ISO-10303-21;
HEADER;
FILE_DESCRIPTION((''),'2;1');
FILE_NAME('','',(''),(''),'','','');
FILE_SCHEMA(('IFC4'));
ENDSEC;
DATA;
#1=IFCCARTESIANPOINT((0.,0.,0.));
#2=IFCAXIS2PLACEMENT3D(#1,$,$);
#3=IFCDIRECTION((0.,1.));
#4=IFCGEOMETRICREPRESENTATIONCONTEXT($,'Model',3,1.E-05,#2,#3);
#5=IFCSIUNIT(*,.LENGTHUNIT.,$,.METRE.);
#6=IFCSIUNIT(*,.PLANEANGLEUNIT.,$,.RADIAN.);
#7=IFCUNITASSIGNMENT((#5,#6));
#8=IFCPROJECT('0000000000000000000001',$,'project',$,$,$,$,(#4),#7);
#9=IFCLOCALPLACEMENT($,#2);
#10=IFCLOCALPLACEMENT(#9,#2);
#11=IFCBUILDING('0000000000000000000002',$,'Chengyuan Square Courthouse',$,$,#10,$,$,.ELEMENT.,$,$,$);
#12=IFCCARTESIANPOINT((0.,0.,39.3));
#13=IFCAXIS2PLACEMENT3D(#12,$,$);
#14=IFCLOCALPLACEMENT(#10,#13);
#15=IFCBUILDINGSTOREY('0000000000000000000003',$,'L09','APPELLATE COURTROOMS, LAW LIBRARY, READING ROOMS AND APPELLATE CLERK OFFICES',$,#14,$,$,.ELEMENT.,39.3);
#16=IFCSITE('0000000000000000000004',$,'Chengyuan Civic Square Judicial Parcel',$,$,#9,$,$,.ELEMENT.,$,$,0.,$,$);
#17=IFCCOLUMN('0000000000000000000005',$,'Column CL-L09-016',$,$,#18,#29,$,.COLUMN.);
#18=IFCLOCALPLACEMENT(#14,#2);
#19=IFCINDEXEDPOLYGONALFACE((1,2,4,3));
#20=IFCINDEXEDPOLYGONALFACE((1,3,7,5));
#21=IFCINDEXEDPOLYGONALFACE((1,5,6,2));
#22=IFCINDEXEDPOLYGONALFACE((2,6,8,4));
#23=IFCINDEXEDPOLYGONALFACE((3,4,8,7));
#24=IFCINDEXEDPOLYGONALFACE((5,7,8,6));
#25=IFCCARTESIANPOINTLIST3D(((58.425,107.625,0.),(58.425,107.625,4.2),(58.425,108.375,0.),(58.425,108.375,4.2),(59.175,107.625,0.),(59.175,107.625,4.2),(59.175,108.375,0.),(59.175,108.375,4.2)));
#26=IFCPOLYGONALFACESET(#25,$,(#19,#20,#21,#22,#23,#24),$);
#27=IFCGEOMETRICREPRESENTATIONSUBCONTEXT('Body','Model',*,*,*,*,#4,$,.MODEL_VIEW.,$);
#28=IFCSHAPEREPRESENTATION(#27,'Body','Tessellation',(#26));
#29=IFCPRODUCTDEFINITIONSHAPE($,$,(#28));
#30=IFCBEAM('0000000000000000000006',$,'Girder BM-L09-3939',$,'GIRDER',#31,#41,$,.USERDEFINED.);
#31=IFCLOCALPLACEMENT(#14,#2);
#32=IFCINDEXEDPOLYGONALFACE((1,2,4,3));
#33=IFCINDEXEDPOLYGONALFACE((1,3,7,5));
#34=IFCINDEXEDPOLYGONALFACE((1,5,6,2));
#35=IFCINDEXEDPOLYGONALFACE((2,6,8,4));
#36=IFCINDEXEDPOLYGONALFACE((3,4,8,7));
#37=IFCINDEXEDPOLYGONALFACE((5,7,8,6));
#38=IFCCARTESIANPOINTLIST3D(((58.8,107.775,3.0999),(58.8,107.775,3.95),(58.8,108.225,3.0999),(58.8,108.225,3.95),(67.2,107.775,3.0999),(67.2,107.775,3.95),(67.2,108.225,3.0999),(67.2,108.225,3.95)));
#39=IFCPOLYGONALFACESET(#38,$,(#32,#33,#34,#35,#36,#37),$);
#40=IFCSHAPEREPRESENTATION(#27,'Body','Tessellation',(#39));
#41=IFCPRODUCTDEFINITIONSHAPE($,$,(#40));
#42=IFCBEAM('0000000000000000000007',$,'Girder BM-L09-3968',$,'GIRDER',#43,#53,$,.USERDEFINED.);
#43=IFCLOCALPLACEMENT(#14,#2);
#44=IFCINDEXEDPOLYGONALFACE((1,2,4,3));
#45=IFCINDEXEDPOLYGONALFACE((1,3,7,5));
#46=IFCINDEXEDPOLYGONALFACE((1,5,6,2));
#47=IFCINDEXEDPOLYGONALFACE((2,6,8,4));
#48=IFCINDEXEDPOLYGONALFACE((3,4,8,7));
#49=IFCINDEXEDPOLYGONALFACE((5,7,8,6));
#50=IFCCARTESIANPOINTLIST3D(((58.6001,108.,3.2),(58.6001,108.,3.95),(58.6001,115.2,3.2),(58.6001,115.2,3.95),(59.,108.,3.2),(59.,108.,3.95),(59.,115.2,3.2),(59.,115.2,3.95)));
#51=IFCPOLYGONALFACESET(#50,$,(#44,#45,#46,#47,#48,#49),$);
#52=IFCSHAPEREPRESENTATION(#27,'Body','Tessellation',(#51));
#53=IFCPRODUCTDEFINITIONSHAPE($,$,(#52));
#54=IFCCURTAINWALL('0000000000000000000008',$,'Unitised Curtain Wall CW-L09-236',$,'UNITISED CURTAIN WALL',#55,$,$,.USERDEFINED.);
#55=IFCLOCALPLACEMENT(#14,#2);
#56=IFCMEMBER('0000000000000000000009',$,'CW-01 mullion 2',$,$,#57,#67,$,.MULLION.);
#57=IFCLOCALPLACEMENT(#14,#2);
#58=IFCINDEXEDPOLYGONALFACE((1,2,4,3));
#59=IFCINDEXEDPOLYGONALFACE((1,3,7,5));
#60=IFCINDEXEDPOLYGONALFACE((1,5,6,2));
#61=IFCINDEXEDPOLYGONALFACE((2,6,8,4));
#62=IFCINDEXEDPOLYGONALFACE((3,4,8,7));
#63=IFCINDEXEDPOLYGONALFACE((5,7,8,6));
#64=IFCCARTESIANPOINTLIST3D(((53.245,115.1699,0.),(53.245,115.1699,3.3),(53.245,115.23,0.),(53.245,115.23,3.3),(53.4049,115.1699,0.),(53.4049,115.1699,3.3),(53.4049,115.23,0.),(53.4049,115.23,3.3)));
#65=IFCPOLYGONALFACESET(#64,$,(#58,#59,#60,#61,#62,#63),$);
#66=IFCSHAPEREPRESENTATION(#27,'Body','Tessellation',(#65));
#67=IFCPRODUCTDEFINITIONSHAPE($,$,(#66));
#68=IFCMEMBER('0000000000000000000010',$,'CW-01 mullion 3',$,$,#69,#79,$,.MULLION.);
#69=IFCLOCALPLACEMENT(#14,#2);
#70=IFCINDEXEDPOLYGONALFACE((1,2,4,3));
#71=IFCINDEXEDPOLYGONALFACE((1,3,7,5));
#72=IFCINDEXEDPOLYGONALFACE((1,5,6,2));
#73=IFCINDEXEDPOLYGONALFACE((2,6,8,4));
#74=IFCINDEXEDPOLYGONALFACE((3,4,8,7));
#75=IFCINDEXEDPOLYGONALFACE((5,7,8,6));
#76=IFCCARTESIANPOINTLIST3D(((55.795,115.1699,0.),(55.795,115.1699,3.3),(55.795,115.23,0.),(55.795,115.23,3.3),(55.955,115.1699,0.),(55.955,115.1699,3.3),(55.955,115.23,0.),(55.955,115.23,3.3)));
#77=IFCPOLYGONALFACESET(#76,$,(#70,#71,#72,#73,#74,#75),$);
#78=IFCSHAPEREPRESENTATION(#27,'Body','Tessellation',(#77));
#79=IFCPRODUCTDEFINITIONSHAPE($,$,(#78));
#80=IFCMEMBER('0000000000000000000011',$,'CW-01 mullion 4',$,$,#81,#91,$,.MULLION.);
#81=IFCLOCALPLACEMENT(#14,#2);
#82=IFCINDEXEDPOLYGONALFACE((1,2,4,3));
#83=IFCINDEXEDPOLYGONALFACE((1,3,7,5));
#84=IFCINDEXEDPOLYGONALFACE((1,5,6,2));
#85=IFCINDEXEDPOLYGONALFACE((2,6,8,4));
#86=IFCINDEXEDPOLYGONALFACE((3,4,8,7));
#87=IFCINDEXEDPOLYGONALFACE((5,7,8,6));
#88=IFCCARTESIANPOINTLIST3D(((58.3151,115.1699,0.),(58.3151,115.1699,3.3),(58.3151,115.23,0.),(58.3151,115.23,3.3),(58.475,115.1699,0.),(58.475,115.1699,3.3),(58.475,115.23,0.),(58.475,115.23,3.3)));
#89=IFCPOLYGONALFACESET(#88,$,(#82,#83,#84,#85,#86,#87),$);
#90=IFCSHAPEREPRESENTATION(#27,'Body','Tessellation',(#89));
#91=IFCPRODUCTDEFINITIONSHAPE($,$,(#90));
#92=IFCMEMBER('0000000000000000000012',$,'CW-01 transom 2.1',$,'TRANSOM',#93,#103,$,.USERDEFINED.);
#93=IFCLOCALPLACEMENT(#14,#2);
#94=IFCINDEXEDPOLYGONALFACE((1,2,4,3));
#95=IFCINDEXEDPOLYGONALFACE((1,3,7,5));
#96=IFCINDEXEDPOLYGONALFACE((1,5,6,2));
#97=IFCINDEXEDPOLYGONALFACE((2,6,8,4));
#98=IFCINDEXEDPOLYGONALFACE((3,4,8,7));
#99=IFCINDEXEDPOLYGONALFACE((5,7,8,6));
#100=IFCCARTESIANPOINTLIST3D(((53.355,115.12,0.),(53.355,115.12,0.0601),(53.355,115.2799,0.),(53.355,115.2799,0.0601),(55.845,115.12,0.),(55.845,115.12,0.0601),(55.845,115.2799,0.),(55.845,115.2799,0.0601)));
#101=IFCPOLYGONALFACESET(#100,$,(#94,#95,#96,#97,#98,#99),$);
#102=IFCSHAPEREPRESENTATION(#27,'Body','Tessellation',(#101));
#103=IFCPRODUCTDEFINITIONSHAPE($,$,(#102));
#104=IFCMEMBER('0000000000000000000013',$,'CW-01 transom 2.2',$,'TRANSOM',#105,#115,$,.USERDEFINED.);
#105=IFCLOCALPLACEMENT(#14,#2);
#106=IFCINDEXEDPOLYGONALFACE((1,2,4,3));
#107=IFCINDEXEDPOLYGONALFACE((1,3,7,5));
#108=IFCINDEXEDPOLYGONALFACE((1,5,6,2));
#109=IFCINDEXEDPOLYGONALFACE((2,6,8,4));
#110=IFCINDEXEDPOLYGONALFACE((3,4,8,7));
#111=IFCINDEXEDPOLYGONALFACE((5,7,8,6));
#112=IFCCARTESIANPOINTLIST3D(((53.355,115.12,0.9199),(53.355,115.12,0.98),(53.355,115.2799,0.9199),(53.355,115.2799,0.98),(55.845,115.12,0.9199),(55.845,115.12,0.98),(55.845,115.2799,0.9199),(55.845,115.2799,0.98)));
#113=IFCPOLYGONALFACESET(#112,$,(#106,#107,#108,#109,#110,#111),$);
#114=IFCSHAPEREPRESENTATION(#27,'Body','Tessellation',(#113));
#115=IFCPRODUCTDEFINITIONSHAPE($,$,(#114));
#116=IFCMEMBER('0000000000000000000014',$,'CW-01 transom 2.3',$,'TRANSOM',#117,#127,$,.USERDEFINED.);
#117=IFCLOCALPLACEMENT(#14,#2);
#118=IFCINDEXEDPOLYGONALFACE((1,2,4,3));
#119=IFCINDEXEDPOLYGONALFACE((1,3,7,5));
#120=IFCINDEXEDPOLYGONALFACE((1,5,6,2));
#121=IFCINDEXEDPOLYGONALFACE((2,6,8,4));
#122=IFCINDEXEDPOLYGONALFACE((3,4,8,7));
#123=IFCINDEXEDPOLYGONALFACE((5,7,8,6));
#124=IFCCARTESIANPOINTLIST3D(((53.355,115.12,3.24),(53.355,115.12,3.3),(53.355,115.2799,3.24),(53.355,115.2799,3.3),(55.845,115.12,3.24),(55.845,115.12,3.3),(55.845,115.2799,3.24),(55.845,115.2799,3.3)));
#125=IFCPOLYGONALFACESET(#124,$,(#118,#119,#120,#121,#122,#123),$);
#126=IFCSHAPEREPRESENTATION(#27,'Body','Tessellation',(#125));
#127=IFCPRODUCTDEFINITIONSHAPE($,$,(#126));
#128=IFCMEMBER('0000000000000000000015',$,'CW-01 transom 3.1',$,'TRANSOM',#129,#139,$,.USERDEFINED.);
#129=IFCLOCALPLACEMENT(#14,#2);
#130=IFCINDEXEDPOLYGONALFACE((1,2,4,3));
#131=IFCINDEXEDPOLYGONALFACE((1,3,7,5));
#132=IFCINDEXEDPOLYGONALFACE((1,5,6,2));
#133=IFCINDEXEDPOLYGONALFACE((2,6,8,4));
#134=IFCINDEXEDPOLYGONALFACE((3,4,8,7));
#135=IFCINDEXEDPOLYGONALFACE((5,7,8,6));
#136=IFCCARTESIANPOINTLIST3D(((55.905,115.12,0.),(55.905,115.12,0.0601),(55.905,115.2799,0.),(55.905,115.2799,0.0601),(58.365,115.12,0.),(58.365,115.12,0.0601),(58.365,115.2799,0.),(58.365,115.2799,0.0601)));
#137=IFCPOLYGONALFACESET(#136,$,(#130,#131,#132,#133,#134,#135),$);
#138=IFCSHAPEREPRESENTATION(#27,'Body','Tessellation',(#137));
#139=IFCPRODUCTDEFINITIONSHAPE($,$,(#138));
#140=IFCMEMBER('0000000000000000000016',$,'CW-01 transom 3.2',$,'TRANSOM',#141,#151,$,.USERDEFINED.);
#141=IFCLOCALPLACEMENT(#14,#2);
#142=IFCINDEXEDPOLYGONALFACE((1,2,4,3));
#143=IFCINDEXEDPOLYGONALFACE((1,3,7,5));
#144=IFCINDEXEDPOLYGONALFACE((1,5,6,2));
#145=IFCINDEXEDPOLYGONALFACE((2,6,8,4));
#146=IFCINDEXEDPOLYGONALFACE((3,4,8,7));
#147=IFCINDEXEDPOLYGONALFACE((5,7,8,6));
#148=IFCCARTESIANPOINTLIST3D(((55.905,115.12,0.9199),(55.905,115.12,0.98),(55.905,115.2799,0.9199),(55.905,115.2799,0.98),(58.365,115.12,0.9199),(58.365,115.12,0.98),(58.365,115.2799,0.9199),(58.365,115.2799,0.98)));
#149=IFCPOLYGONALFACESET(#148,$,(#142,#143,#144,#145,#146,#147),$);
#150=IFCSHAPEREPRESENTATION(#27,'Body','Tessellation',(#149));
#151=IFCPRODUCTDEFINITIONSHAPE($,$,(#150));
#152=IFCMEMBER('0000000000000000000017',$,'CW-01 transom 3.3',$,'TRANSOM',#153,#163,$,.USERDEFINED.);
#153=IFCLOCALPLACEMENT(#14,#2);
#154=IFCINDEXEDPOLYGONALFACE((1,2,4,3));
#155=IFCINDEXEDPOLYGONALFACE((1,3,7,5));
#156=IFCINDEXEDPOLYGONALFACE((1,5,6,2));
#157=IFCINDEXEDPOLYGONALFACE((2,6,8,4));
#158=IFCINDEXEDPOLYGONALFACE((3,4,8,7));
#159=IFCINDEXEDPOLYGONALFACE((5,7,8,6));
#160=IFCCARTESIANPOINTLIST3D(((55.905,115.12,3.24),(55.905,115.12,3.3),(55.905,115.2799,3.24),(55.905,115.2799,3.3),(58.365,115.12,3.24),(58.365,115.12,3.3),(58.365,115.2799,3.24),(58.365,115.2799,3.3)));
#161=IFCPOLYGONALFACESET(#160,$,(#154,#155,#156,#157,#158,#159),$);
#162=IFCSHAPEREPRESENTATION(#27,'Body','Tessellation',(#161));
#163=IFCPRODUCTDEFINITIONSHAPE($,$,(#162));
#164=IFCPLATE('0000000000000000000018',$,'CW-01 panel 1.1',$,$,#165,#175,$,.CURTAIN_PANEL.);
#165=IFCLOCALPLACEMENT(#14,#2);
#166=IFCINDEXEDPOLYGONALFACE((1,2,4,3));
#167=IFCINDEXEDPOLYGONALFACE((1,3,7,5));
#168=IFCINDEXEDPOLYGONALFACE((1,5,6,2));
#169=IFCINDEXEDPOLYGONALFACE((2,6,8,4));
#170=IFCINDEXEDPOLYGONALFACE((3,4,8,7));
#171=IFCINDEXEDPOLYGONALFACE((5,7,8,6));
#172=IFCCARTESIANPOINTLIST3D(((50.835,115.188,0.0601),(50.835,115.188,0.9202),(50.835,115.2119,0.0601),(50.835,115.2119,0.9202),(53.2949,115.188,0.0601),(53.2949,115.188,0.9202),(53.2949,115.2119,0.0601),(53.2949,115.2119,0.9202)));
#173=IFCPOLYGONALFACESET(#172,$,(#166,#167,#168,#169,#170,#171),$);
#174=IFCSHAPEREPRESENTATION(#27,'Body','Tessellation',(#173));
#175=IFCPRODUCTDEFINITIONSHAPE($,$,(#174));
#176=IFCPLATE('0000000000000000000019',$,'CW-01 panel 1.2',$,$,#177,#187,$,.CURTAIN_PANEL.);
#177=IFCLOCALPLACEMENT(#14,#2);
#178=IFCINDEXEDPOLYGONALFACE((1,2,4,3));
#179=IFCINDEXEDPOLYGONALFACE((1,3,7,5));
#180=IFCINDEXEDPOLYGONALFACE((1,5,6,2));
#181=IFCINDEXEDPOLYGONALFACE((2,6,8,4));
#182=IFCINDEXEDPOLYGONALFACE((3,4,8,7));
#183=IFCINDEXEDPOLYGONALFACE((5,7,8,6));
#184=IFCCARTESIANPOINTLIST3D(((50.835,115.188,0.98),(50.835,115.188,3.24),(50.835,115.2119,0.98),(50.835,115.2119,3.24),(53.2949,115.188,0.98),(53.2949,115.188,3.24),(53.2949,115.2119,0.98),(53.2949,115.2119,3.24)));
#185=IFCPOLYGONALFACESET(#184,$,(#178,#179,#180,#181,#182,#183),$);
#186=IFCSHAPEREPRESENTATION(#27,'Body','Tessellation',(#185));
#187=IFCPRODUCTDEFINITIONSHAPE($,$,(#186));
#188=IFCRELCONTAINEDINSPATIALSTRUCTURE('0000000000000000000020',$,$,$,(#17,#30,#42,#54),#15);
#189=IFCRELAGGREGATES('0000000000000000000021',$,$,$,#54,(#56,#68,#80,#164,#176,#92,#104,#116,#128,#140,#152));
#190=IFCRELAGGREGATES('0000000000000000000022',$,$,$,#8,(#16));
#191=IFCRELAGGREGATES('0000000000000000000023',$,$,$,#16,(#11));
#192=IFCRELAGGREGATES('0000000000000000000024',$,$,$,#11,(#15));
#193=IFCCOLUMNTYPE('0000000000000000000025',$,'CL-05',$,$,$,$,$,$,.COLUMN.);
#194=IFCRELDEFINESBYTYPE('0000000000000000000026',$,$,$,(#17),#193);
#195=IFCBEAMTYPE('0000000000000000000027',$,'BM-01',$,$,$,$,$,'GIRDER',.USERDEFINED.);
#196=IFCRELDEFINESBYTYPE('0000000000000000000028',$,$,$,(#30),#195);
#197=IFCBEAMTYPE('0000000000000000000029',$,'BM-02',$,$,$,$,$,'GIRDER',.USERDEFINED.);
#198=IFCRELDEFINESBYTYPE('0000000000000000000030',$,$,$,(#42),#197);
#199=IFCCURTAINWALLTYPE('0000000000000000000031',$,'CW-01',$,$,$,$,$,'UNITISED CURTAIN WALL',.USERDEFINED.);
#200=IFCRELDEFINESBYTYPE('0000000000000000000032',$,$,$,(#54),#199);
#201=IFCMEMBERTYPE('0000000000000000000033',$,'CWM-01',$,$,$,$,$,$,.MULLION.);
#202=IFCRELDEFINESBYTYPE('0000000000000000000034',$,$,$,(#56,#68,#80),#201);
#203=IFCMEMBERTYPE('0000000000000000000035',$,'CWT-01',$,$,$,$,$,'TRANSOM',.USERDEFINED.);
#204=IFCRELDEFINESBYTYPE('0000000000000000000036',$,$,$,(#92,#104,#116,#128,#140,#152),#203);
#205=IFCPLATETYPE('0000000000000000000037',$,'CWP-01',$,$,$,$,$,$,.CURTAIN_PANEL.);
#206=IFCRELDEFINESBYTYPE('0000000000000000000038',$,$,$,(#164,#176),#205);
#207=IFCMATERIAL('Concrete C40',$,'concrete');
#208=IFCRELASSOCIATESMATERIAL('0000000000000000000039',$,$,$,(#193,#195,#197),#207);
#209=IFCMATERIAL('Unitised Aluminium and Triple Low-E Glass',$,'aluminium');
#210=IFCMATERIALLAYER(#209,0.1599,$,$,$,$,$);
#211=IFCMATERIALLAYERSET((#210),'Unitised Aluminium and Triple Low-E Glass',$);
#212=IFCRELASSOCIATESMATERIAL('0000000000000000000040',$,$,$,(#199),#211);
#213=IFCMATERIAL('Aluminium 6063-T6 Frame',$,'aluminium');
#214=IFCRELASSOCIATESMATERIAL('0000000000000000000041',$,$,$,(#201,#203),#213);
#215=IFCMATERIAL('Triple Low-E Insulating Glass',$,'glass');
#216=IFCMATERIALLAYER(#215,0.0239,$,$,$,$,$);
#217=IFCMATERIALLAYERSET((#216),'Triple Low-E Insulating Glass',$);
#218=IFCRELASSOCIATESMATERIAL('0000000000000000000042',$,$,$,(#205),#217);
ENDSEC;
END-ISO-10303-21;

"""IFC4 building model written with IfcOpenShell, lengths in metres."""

from ifc_helpers import new_model, si_unit, direction, frame, origin, origin_2d, place, context, subcontext, project, spatial, rectangle, extrude, material, layer, layer_set, material_profile, profile_set, type_object, element, aggregate, save


model = new_model("IFC4")

# Units and contexts
model_context = context("Model", 3, precision=1e-05, world=origin(), true_north=direction((0.0, 1.0)))
body_context = subcontext(model_context, "Body", "Model", "MODEL_VIEW")
ifc_project = project(units=[si_unit("LENGTHUNIT", "METRE"), si_unit("PLANEANGLEUNIT", "RADIAN")], contexts=[model_context])

# Site, building, storey
site_placement = place(None, origin())
site = spatial("IfcSite", under=ifc_project, at=site_placement, Name="Chengyuan Civic Square Judicial Parcel", CompositionType="ELEMENT", RefElevation=0.0)
building_placement = place(site_placement, origin())
building = spatial("IfcBuilding", under=site, at=building_placement, Name="Chengyuan Square Courthouse", CompositionType="ELEMENT")
storey_placement = place(building_placement, frame((0.0, 0.0, 39.3)))
storey = spatial("IfcBuildingStorey", under=building, at=storey_placement, Name="L09", Description="APPELLATE COURTROOMS, LAW LIBRARY, READING ROOMS AND APPELLATE CLERK OFFICES", CompositionType="ELEMENT", Elevation=39.3)

# Column
ifc_material_1 = material(Name="Concrete C40", Category="concrete")
ifc_material_profile_1 = material_profile(ifc_material_1, rectangle(XDim=0.75, YDim=0.75, at=origin_2d()), Name="RC-COL-750x750")
ifc_profile_set_1 = profile_set([ifc_material_profile_1], Name="Concrete C40")
column_type = type_object("IfcColumnType", Name="CL-05", PredefinedType="COLUMN", material=ifc_profile_set_1)
column_placement = place(storey_placement, frame((58.8, 108.0, 0.0), z_axis=(0.0, 0.0, 1.0), x_axis=(1.0, 0.0, 0.0)))
element("IfcColumn", 1, at=column_placement, inside=storey, type_object=column_type, Name="Column CL-L09-016", PredefinedType="COLUMN", context=body_context, shape_type="SweptSolid", body=[
    extrude(rectangle(XDim=0.75, YDim=0.75, at=origin_2d()), origin(), (0.0, 0.0, 1.0), 4.2),
])

# Beams
ifc_material_profile_2 = material_profile(ifc_material_1, rectangle(XDim=0.45, YDim=0.8501, at=origin_2d()), Name="RC-BM-450x850")
ifc_profile_set_2 = profile_set([ifc_material_profile_2], Name="Concrete C40")
beam_type_1 = type_object("IfcBeamType", Name="BM-01", ElementType="GIRDER", PredefinedType="USERDEFINED", material=ifc_profile_set_2)
beam_1_placement = place(storey_placement, frame((58.8, 108.0, 3.5249), z_axis=(1.0, 0.0, 0.0), x_axis=(0.0, 1.0, 0.0)))
element("IfcBeam", 2, at=beam_1_placement, inside=storey, type_object=beam_type_1, Name="Girder BM-L09-3939", ObjectType="GIRDER", PredefinedType="USERDEFINED", context=body_context, shape_type="SweptSolid", body=[
    extrude(rectangle(XDim=0.45, YDim=0.8501, at=origin_2d()), origin(), (0.0, 0.0, 1.0), 8.3999),
])
ifc_material_profile_3 = material_profile(ifc_material_1, rectangle(XDim=0.3999, YDim=0.75, at=origin_2d()), Name="RC-BM-400x750")
ifc_profile_set_3 = profile_set([ifc_material_profile_3], Name="Concrete C40")
beam_type_2 = type_object("IfcBeamType", Name="BM-02", ElementType="GIRDER", PredefinedType="USERDEFINED", material=ifc_profile_set_3)
beam_2_placement = place(storey_placement, frame((58.8, 108.0, 3.575), z_axis=(0.0, 1.0, 0.0), x_axis=(-1.0, 0.0, 0.0)))
element("IfcBeam", 3, at=beam_2_placement, inside=storey, type_object=beam_type_2, Name="Girder BM-L09-3968", ObjectType="GIRDER", PredefinedType="USERDEFINED", context=body_context, shape_type="SweptSolid", body=[
    extrude(rectangle(XDim=0.3999, YDim=0.75, at=origin_2d()), origin(), (0.0, 0.0, 1.0), 7.2),
])

# Curtain wall, members, plates
ifc_material_2 = material(Name="Unitised Aluminium and Triple Low-E Glass", Category="aluminium")
ifc_layer_1 = layer(ifc_material_2, 0.1599)
ifc_layer_set_1 = layer_set([ifc_layer_1], Name="Unitised Aluminium and Triple Low-E Glass")
curtain_wall_type = type_object("IfcCurtainWallType", Name="CW-01", ElementType="UNITISED CURTAIN WALL", PredefinedType="USERDEFINED", material=ifc_layer_set_1)
curtain_wall_placement = place(storey_placement, origin())
curtain_wall = element("IfcCurtainWall", 4, at=curtain_wall_placement, inside=storey, type_object=curtain_wall_type, Name="Unitised Curtain Wall CW-L09-236", ObjectType="UNITISED CURTAIN WALL", PredefinedType="USERDEFINED")
ifc_material_3 = material(Name="Aluminium 6063-T6 Frame", Category="aluminium")
ifc_material_profile_4 = material_profile(ifc_material_3, rectangle(XDim=0.0601, YDim=0.1599, at=origin_2d()), Name="CW-MUL-60x160")
ifc_profile_set_4 = profile_set([ifc_material_profile_4], Name="Aluminium 6063-T6 Frame")
member_type_1 = type_object("IfcMemberType", Name="CWM-01", PredefinedType="MULLION", material=ifc_profile_set_4)
member_1_placement = place(storey_placement, frame((53.325, 115.2, 0.0), z_axis=(0.0, 0.0, 1.0), x_axis=(0.0, 1.0, 0.0)))
member_1 = element("IfcMember", 5, at=member_1_placement, type_object=member_type_1, Name="CW-01 mullion 2", PredefinedType="MULLION", context=body_context, shape_type="SweptSolid", body=[
    extrude(rectangle(XDim=0.0601, YDim=0.1599, at=origin_2d()), origin(), (0.0, 0.0, 1.0), 3.3),
])
member_2_placement = place(storey_placement, frame((55.875, 115.2, 0.0), z_axis=(0.0, 0.0, 1.0), x_axis=(0.0, 1.0, 0.0)))
member_2 = element("IfcMember", 6, at=member_2_placement, type_object=member_type_1, Name="CW-01 mullion 3", PredefinedType="MULLION", context=body_context, shape_type="SweptSolid", body=[
    extrude(rectangle(XDim=0.0601, YDim=0.1599, at=origin_2d()), origin(), (0.0, 0.0, 1.0), 3.3),
])
member_3_placement = place(storey_placement, frame((58.395, 115.2, 0.0), z_axis=(0.0, 0.0, 1.0), x_axis=(0.0, 1.0, 0.0)))
member_3 = element("IfcMember", 7, at=member_3_placement, type_object=member_type_1, Name="CW-01 mullion 4", PredefinedType="MULLION", context=body_context, shape_type="SweptSolid", body=[
    extrude(rectangle(XDim=0.0601, YDim=0.1599, at=origin_2d()), origin(), (0.0, 0.0, 1.0), 3.3),
])
ifc_material_profile_5 = material_profile(ifc_material_3, rectangle(XDim=0.1599, YDim=0.0601, at=origin_2d()), Name="CW-TRN-60x120")
ifc_profile_set_5 = profile_set([ifc_material_profile_5], Name="Aluminium 6063-T6 Frame")
member_type_2 = type_object("IfcMemberType", Name="CWT-01", ElementType="TRANSOM", PredefinedType="USERDEFINED", material=ifc_profile_set_5)
member_4_placement = place(storey_placement, frame((53.355, 115.2, 0.03), z_axis=(1.0, 0.0, 0.0), x_axis=(0.0, 1.0, 0.0)))
member_4 = element("IfcMember", 8, at=member_4_placement, type_object=member_type_2, Name="CW-01 transom 2.1", ObjectType="TRANSOM", PredefinedType="USERDEFINED", context=body_context, shape_type="SweptSolid", body=[
    extrude(rectangle(XDim=0.1599, YDim=0.0601, at=origin_2d()), origin(), (0.0, 0.0, 1.0), 2.49),
])
member_5_placement = place(storey_placement, frame((53.355, 115.2, 0.95), z_axis=(1.0, 0.0, 0.0), x_axis=(0.0, 1.0, 0.0)))
member_5 = element("IfcMember", 9, at=member_5_placement, type_object=member_type_2, Name="CW-01 transom 2.2", ObjectType="TRANSOM", PredefinedType="USERDEFINED", context=body_context, shape_type="SweptSolid", body=[
    extrude(rectangle(XDim=0.1599, YDim=0.0601, at=origin_2d()), origin(), (0.0, 0.0, 1.0), 2.49),
])
member_6_placement = place(storey_placement, frame((53.355, 115.2, 3.27), z_axis=(1.0, 0.0, 0.0), x_axis=(0.0, 1.0, 0.0)))
member_6 = element("IfcMember", 10, at=member_6_placement, type_object=member_type_2, Name="CW-01 transom 2.3", ObjectType="TRANSOM", PredefinedType="USERDEFINED", context=body_context, shape_type="SweptSolid", body=[
    extrude(rectangle(XDim=0.1599, YDim=0.0601, at=origin_2d()), origin(), (0.0, 0.0, 1.0), 2.49),
])
member_7_placement = place(storey_placement, frame((55.905, 115.2, 0.03), z_axis=(1.0, 0.0, 0.0), x_axis=(0.0, 1.0, 0.0)))
member_7 = element("IfcMember", 11, at=member_7_placement, type_object=member_type_2, Name="CW-01 transom 3.1", ObjectType="TRANSOM", PredefinedType="USERDEFINED", context=body_context, shape_type="SweptSolid", body=[
    extrude(rectangle(XDim=0.1599, YDim=0.0601, at=origin_2d()), origin(), (0.0, 0.0, 1.0), 2.46),
])
member_8_placement = place(storey_placement, frame((55.905, 115.2, 0.95), z_axis=(1.0, 0.0, 0.0), x_axis=(0.0, 1.0, 0.0)))
member_8 = element("IfcMember", 12, at=member_8_placement, type_object=member_type_2, Name="CW-01 transom 3.2", ObjectType="TRANSOM", PredefinedType="USERDEFINED", context=body_context, shape_type="SweptSolid", body=[
    extrude(rectangle(XDim=0.1599, YDim=0.0601, at=origin_2d()), origin(), (0.0, 0.0, 1.0), 2.46),
])
member_9_placement = place(storey_placement, frame((55.905, 115.2, 3.27), z_axis=(1.0, 0.0, 0.0), x_axis=(0.0, 1.0, 0.0)))
member_9 = element("IfcMember", 13, at=member_9_placement, type_object=member_type_2, Name="CW-01 transom 3.3", ObjectType="TRANSOM", PredefinedType="USERDEFINED", context=body_context, shape_type="SweptSolid", body=[
    extrude(rectangle(XDim=0.1599, YDim=0.0601, at=origin_2d()), origin(), (0.0, 0.0, 1.0), 2.46),
])
ifc_material_4 = material(Name="Triple Low-E Insulating Glass", Category="glass")
ifc_layer_2 = layer(ifc_material_4, 0.0239)
ifc_layer_set_2 = layer_set([ifc_layer_2], Name="Triple Low-E Insulating Glass")
plate_type = type_object("IfcPlateType", Name="CWP-01", PredefinedType="CURTAIN_PANEL", material=ifc_layer_set_2)
plate_1_placement = place(storey_placement, frame((52.0649, 115.2, 0.0601), z_axis=(0.0, 0.0, 1.0), x_axis=(1.0, 0.0, 0.0)))
plate_1 = element("IfcPlate", 14, at=plate_1_placement, type_object=plate_type, Name="CW-01 panel 1.1", PredefinedType="CURTAIN_PANEL", context=body_context, shape_type="SweptSolid", body=[
    extrude(rectangle(XDim=2.46, YDim=0.0239, at=origin_2d()), origin(), (0.0, 0.0, 1.0), 0.8601),
])
plate_2_placement = place(storey_placement, frame((52.0649, 115.2, 0.98), z_axis=(0.0, 0.0, 1.0), x_axis=(1.0, 0.0, 0.0)))
plate_2 = element("IfcPlate", 15, at=plate_2_placement, type_object=plate_type, Name="CW-01 panel 1.2", PredefinedType="CURTAIN_PANEL", context=body_context, shape_type="SweptSolid", body=[
    extrude(rectangle(XDim=2.46, YDim=0.0239, at=origin_2d()), origin(), (0.0, 0.0, 1.0), 2.26),
])
aggregate(curtain_wall, [member_1, member_2, member_3, plate_1, plate_2, member_4, member_5, member_6, member_7, member_8, member_9])

save(model, "model.ifc")
